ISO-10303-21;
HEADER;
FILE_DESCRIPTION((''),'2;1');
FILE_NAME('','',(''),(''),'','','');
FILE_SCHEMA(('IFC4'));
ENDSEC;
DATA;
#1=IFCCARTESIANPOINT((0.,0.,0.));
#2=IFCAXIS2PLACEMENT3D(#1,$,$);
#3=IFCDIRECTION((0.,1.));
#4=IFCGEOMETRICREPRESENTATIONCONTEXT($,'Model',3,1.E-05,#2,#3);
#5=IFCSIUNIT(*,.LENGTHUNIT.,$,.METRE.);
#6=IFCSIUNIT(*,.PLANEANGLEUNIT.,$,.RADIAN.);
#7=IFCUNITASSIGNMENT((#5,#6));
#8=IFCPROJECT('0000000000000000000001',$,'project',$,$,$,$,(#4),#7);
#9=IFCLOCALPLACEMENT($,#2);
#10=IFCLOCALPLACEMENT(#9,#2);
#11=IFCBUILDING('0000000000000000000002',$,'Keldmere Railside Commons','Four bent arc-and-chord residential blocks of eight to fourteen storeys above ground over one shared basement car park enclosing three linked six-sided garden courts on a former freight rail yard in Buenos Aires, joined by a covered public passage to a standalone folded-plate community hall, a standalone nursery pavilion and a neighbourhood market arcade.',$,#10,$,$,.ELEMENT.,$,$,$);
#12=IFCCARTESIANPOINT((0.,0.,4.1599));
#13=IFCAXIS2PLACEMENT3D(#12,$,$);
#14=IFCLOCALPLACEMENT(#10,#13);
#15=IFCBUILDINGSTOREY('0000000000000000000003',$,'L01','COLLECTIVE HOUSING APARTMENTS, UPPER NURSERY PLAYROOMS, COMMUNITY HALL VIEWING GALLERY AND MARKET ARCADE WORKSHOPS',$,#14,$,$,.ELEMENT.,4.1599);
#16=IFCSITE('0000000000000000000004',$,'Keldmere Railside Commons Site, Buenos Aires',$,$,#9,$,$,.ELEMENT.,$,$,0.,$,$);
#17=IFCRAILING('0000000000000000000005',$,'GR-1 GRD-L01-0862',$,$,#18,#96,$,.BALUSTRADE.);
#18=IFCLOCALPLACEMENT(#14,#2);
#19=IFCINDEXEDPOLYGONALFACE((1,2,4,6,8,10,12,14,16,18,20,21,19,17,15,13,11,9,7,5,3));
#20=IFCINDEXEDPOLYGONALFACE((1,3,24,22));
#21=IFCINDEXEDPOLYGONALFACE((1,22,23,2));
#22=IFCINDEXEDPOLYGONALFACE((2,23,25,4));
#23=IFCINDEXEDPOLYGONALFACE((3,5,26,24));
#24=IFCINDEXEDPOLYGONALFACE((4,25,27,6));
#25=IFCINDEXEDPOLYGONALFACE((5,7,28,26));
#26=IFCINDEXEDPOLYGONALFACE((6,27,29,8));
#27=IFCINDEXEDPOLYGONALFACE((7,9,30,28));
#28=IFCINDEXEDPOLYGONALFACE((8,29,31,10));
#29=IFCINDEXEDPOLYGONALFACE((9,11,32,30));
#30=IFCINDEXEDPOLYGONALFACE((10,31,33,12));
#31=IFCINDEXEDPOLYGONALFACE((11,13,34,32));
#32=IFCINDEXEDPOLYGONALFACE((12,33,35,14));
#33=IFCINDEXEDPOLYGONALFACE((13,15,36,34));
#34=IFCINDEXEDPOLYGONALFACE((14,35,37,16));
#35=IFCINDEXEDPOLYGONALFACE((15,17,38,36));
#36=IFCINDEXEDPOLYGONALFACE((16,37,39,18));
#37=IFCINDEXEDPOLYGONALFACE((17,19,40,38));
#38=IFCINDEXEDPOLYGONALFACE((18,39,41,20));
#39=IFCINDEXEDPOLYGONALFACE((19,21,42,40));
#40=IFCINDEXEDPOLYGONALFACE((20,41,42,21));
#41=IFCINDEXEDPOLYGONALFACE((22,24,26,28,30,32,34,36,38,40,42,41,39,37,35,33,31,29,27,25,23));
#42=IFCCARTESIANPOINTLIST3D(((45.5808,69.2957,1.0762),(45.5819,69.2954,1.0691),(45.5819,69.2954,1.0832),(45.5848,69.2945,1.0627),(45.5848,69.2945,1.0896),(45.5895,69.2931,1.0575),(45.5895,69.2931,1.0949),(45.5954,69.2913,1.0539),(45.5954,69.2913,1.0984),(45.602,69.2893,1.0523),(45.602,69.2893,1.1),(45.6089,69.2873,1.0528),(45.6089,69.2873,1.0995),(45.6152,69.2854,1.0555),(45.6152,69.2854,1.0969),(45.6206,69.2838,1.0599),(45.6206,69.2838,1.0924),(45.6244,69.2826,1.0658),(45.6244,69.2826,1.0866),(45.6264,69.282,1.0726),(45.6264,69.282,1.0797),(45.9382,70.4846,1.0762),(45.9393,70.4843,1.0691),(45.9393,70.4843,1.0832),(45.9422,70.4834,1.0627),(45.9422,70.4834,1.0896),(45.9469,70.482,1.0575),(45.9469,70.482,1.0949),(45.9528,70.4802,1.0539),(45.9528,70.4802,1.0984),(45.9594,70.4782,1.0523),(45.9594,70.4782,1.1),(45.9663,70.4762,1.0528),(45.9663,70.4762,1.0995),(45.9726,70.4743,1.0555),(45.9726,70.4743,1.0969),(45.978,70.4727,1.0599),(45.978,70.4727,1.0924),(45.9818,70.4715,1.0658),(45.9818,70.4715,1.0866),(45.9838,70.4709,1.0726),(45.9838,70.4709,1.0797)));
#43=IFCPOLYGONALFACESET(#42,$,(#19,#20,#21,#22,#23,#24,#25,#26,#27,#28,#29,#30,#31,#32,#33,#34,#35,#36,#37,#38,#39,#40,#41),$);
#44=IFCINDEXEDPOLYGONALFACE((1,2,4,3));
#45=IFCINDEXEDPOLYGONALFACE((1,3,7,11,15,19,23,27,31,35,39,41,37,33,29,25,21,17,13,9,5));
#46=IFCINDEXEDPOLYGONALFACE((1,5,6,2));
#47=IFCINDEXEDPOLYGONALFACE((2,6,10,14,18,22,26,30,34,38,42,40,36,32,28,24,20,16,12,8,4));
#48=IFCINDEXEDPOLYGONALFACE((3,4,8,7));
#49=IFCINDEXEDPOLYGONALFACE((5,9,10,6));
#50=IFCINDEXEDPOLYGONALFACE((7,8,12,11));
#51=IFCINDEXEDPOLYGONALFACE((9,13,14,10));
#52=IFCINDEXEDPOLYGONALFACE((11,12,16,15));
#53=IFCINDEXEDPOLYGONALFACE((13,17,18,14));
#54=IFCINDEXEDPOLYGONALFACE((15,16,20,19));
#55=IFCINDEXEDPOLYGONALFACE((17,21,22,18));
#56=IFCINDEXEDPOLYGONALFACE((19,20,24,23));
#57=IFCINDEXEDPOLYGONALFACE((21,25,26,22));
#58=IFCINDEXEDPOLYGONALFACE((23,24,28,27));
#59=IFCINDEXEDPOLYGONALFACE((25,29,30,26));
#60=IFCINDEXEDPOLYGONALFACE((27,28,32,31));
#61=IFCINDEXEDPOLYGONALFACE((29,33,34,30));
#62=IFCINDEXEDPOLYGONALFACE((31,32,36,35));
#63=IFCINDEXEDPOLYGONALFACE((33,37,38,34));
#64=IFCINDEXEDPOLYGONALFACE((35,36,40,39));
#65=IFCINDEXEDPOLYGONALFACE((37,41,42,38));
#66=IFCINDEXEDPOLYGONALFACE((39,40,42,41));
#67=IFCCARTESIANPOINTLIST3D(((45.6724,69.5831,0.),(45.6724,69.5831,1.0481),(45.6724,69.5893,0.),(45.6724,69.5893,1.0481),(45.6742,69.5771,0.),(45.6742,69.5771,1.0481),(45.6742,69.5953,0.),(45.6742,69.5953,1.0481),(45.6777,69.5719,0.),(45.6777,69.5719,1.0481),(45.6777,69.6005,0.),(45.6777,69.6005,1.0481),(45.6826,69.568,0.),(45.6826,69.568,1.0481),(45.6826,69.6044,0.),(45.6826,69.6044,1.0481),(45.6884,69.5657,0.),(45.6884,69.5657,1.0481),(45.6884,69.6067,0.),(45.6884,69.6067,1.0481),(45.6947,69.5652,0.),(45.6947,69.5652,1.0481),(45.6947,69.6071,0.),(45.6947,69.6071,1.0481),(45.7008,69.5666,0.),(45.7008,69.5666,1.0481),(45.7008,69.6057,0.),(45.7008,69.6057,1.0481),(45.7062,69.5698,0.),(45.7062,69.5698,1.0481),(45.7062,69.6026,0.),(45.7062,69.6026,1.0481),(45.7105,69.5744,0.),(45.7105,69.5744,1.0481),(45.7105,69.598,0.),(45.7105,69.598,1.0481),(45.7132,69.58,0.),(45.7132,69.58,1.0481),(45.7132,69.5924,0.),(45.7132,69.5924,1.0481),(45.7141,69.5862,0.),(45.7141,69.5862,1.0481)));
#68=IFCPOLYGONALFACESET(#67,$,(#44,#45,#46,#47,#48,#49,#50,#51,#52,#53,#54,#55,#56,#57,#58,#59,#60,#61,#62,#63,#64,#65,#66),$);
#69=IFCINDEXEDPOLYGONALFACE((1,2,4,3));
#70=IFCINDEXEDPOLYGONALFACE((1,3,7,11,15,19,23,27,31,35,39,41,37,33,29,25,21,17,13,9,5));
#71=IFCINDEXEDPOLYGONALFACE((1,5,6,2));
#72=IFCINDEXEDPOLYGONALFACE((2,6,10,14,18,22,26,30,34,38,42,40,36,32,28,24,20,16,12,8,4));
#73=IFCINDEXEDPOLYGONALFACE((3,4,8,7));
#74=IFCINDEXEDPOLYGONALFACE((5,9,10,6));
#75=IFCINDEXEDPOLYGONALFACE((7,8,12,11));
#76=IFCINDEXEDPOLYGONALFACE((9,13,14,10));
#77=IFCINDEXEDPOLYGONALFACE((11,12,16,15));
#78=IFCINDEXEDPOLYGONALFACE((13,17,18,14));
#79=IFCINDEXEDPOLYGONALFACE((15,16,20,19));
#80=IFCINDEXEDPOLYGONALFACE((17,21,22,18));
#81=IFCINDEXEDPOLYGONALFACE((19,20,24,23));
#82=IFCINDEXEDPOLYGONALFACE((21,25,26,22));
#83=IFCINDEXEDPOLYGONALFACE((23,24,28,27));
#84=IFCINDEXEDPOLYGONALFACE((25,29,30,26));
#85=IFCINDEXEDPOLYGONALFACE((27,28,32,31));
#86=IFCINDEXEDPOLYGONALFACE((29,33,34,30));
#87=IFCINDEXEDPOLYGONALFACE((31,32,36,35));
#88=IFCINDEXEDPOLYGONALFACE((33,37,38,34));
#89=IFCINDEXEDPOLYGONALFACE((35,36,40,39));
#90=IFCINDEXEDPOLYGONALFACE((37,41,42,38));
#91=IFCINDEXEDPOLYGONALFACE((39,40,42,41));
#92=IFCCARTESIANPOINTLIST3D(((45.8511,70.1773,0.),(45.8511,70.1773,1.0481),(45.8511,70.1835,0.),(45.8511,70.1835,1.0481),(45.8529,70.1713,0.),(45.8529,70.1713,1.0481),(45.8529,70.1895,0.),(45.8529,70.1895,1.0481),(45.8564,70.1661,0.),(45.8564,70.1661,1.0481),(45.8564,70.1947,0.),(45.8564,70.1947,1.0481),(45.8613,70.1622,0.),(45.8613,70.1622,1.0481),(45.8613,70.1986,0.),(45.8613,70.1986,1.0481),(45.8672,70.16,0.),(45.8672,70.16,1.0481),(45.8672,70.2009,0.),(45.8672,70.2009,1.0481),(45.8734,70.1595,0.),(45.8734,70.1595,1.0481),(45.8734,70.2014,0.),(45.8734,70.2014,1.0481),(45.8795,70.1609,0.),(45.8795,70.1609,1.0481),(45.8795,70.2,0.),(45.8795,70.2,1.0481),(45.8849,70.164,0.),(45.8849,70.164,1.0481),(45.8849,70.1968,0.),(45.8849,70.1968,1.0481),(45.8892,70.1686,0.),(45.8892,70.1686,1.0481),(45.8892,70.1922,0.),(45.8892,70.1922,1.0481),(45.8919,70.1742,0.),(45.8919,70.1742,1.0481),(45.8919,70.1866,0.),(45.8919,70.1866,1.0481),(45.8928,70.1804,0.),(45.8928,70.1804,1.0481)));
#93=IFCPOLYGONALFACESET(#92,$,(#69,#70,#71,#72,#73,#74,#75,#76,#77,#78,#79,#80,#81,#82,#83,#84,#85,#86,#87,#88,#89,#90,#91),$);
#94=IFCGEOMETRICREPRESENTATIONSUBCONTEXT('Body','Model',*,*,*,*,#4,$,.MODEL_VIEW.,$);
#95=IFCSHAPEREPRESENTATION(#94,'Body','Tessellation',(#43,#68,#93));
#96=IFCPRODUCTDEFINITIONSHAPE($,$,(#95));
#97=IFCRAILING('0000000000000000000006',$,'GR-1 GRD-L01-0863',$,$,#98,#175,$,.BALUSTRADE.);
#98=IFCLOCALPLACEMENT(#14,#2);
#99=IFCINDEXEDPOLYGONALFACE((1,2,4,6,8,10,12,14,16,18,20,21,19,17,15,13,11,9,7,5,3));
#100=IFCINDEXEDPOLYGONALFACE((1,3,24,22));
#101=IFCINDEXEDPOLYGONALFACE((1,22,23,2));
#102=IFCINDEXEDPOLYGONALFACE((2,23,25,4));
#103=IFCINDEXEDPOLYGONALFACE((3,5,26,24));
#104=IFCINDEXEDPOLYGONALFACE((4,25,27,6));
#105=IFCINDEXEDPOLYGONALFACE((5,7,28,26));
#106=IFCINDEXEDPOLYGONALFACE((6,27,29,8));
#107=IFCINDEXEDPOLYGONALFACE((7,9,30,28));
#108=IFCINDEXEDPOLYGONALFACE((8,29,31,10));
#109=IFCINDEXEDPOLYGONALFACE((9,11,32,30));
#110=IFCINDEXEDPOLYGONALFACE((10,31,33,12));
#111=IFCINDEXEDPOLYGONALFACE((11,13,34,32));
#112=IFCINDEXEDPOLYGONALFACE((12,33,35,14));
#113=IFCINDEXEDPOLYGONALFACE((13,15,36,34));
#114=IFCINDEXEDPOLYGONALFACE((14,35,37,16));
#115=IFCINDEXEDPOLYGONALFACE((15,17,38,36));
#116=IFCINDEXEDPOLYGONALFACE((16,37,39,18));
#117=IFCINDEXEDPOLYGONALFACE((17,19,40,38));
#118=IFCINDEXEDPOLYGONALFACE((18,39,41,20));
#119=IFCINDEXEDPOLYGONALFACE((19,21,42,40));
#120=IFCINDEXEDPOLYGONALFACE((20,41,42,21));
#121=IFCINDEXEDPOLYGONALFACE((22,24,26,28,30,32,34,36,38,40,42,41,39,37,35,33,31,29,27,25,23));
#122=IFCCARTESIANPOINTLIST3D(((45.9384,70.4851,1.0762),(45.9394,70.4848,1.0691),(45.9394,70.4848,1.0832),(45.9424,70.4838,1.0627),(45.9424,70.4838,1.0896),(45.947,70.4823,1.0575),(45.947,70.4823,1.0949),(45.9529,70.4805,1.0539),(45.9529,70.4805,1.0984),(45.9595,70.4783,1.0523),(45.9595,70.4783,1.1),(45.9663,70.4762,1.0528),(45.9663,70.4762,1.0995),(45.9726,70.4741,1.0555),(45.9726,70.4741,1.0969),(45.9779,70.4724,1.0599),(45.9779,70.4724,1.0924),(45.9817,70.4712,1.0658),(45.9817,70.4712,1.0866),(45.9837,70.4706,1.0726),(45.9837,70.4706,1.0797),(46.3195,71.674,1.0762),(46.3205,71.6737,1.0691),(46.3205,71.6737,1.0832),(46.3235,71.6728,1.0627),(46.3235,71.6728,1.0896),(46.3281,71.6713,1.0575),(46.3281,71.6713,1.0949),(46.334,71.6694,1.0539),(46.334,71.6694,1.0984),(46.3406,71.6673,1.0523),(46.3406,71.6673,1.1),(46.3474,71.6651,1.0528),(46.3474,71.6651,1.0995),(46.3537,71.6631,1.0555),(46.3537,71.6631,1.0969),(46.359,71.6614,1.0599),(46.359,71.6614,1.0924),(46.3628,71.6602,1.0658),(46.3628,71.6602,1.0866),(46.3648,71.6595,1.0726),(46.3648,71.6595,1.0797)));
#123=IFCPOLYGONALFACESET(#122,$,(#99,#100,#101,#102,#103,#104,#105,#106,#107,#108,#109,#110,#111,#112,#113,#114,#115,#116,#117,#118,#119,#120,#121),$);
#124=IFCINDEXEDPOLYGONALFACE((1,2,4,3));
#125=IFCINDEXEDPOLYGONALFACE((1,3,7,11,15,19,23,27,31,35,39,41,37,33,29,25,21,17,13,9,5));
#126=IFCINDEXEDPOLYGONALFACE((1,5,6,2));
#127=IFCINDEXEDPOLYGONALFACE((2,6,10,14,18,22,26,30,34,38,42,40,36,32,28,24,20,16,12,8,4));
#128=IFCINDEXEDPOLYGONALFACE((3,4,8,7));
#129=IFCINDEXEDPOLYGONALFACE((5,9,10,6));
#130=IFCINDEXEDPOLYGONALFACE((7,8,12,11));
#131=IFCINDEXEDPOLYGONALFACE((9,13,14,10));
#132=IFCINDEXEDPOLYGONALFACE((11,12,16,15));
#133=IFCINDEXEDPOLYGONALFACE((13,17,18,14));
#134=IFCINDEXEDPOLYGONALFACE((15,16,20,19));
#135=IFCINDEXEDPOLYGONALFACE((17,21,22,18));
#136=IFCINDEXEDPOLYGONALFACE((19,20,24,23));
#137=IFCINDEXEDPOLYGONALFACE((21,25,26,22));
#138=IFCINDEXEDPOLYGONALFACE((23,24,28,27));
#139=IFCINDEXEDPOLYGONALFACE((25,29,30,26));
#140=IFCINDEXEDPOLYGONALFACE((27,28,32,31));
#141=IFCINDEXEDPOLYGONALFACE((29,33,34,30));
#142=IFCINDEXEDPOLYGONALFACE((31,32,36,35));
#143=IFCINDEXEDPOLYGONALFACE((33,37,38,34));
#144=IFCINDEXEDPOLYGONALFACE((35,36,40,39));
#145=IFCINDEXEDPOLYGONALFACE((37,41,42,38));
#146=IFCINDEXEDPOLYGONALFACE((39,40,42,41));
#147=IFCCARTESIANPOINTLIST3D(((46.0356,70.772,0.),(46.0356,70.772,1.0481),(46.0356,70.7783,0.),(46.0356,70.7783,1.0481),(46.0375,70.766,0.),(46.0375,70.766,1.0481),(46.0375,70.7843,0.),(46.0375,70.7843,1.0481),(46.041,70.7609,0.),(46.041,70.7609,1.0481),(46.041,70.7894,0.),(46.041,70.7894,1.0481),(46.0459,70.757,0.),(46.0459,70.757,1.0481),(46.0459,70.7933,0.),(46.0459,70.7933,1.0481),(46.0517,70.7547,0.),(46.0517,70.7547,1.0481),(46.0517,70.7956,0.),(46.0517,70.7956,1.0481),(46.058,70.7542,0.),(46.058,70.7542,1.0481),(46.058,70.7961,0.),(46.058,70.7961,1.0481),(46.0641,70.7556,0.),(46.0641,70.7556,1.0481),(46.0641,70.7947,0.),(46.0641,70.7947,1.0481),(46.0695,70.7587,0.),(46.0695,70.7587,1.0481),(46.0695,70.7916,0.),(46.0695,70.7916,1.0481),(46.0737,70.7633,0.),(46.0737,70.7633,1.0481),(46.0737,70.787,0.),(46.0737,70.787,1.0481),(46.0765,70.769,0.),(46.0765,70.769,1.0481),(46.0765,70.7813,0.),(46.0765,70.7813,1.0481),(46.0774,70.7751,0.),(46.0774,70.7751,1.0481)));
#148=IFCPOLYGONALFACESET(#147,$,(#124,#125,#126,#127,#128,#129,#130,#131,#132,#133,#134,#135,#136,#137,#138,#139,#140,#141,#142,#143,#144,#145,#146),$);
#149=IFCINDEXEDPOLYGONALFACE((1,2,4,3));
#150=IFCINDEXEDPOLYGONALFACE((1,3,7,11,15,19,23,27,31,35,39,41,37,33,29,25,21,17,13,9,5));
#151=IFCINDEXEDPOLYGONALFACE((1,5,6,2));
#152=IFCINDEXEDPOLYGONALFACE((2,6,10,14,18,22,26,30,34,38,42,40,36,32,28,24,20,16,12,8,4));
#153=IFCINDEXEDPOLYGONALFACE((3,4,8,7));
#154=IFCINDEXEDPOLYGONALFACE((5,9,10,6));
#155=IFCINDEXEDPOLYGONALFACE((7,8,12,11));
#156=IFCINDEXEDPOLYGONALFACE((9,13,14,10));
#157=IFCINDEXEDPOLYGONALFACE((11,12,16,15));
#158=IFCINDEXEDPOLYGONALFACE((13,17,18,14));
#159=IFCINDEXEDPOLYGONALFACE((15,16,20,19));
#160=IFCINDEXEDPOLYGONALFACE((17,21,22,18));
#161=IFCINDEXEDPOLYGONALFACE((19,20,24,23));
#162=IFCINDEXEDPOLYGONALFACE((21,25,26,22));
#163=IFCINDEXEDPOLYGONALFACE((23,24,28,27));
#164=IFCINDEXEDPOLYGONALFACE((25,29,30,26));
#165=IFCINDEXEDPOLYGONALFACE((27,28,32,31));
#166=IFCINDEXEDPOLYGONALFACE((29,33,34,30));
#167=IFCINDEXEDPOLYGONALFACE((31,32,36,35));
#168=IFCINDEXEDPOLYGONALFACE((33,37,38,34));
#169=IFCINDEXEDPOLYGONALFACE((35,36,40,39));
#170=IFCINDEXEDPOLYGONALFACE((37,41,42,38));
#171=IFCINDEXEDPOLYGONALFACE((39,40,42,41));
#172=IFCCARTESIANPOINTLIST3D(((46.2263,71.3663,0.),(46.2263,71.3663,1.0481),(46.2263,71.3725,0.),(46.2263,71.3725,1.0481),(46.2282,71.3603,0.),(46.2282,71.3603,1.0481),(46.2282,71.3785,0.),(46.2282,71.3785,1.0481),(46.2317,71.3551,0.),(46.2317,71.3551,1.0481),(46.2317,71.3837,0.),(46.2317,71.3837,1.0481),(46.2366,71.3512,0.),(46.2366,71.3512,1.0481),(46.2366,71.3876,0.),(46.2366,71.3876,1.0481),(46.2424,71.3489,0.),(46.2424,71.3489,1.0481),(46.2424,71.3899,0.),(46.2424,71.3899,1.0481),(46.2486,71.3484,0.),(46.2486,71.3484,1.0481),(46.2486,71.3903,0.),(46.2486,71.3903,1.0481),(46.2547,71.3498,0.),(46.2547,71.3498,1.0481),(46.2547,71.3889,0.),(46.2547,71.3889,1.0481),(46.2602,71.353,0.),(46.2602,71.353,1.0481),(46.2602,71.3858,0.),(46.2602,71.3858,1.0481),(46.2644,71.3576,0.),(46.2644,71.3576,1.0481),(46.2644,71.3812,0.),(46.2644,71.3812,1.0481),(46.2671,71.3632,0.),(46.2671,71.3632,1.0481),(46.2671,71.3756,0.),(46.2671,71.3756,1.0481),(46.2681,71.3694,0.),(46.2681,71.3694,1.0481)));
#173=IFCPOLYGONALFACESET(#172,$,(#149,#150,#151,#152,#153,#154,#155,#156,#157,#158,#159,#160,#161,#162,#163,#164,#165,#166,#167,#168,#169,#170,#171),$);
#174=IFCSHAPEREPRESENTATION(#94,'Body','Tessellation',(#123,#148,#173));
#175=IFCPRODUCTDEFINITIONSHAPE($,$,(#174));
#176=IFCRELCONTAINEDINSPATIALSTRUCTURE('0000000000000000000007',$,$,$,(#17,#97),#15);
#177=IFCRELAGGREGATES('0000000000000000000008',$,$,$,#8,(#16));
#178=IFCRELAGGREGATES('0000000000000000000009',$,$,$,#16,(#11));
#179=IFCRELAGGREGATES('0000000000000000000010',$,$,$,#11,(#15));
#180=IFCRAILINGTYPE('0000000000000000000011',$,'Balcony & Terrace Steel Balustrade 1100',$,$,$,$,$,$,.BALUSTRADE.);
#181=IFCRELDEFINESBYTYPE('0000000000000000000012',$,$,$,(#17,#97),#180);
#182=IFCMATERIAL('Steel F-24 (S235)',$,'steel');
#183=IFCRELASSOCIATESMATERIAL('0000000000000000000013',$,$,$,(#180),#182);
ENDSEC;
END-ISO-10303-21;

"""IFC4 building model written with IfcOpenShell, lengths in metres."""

from ifc_helpers import new_model, si_unit, direction, frame, origin, origin_2d, place, context, subcontext, project, spatial, circle, extrude, material, type_object, element, save


model = new_model("IFC4")

# Units and contexts
model_context = context("Model", 3, precision=1e-05, world=origin(), true_north=direction((0.0, 1.0)))
body_context = subcontext(model_context, "Body", "Model", "MODEL_VIEW")
ifc_project = project(units=[si_unit("LENGTHUNIT", "METRE"), si_unit("PLANEANGLEUNIT", "RADIAN")], contexts=[model_context])

# Site, building, storey
site_placement = place(None, origin())
site = spatial("IfcSite", under=ifc_project, at=site_placement, Name="Keldmere Railside Commons Site, Buenos Aires", CompositionType="ELEMENT", RefElevation=0.0)
building_placement = place(site_placement, origin())
building = spatial("IfcBuilding", under=site, at=building_placement, Name="Keldmere Railside Commons", Description="Four bent arc-and-chord residential blocks of eight to fourteen storeys above ground over one shared basement car park enclosing three linked six-sided garden courts on a former freight rail yard in Buenos Aires, joined by a covered public passage to a standalone folded-plate community hall, a standalone nursery pavilion and a neighbourhood market arcade.", CompositionType="ELEMENT")
storey_placement = place(building_placement, frame((0.0, 0.0, 4.1599)))
storey = spatial("IfcBuildingStorey", under=building, at=storey_placement, Name="L01", Description="COLLECTIVE HOUSING APARTMENTS, UPPER NURSERY PLAYROOMS, COMMUNITY HALL VIEWING GALLERY AND MARKET ARCADE WORKSHOPS", CompositionType="ELEMENT", Elevation=4.1599)

# Railings
ifc_material_1 = material(Name="Steel F-24 (S235)", Category="steel")
railing_type_1 = type_object("IfcRailingType", Name="Balcony & Terrace Steel Balustrade 1100", PredefinedType="BALUSTRADE", material=ifc_material_1)
railing_1_placement = place(storey_placement, frame((45.6038, 69.2888, 0.0)))
element("IfcRailing", 1, at=railing_1_placement, inside=storey, type_object=railing_type_1, Name="GR-1 GRD-L01-0862", PredefinedType="BALUSTRADE", context=body_context, shape_type="SweptSolid", body=[
    extrude(circle(Radius=0.0239, at=origin_2d()), frame((0.0, 0.0, 1.0762), z_axis=(0.287889, 0.957664, 0.0), x_axis=(-0.957664, 0.287889, 0.0)), (0.0, 0.0, 1.0), 1.2415),
    extrude(circle(Radius=0.021, at=origin_2d()), frame((0.0894, 0.2974, 0.0)), (0.0, 0.0, 1.0), 1.0481),
    extrude(circle(Radius=0.021, at=origin_2d()), frame((0.2681, 0.8916, 0.0)), (0.0, 0.0, 1.0), 1.0481),
])
railing_2_placement = place(storey_placement, frame((45.9612, 70.4778, 0.0)))
element("IfcRailing", 2, at=railing_2_placement, inside=storey, type_object=railing_type_1, Name="GR-1 GRD-L01-0863", PredefinedType="BALUSTRADE", context=body_context, shape_type="SweptSolid", body=[
    extrude(circle(Radius=0.0239, at=origin_2d()), frame((0.0, 0.0, 1.0762), z_axis=(0.305237, 0.952276, 0.0), x_axis=(-0.952276, 0.305237, 0.0)), (0.0, 0.0, 1.0), 1.2485),
    extrude(circle(Radius=0.021, at=origin_2d()), frame((0.0952, 0.2974, 0.0)), (0.0, 0.0, 1.0), 1.0481),
    extrude(circle(Radius=0.021, at=origin_2d()), frame((0.2859, 0.8916, 0.0)), (0.0, 0.0, 1.0), 1.0481),
])

save(model, "model.ifc")
